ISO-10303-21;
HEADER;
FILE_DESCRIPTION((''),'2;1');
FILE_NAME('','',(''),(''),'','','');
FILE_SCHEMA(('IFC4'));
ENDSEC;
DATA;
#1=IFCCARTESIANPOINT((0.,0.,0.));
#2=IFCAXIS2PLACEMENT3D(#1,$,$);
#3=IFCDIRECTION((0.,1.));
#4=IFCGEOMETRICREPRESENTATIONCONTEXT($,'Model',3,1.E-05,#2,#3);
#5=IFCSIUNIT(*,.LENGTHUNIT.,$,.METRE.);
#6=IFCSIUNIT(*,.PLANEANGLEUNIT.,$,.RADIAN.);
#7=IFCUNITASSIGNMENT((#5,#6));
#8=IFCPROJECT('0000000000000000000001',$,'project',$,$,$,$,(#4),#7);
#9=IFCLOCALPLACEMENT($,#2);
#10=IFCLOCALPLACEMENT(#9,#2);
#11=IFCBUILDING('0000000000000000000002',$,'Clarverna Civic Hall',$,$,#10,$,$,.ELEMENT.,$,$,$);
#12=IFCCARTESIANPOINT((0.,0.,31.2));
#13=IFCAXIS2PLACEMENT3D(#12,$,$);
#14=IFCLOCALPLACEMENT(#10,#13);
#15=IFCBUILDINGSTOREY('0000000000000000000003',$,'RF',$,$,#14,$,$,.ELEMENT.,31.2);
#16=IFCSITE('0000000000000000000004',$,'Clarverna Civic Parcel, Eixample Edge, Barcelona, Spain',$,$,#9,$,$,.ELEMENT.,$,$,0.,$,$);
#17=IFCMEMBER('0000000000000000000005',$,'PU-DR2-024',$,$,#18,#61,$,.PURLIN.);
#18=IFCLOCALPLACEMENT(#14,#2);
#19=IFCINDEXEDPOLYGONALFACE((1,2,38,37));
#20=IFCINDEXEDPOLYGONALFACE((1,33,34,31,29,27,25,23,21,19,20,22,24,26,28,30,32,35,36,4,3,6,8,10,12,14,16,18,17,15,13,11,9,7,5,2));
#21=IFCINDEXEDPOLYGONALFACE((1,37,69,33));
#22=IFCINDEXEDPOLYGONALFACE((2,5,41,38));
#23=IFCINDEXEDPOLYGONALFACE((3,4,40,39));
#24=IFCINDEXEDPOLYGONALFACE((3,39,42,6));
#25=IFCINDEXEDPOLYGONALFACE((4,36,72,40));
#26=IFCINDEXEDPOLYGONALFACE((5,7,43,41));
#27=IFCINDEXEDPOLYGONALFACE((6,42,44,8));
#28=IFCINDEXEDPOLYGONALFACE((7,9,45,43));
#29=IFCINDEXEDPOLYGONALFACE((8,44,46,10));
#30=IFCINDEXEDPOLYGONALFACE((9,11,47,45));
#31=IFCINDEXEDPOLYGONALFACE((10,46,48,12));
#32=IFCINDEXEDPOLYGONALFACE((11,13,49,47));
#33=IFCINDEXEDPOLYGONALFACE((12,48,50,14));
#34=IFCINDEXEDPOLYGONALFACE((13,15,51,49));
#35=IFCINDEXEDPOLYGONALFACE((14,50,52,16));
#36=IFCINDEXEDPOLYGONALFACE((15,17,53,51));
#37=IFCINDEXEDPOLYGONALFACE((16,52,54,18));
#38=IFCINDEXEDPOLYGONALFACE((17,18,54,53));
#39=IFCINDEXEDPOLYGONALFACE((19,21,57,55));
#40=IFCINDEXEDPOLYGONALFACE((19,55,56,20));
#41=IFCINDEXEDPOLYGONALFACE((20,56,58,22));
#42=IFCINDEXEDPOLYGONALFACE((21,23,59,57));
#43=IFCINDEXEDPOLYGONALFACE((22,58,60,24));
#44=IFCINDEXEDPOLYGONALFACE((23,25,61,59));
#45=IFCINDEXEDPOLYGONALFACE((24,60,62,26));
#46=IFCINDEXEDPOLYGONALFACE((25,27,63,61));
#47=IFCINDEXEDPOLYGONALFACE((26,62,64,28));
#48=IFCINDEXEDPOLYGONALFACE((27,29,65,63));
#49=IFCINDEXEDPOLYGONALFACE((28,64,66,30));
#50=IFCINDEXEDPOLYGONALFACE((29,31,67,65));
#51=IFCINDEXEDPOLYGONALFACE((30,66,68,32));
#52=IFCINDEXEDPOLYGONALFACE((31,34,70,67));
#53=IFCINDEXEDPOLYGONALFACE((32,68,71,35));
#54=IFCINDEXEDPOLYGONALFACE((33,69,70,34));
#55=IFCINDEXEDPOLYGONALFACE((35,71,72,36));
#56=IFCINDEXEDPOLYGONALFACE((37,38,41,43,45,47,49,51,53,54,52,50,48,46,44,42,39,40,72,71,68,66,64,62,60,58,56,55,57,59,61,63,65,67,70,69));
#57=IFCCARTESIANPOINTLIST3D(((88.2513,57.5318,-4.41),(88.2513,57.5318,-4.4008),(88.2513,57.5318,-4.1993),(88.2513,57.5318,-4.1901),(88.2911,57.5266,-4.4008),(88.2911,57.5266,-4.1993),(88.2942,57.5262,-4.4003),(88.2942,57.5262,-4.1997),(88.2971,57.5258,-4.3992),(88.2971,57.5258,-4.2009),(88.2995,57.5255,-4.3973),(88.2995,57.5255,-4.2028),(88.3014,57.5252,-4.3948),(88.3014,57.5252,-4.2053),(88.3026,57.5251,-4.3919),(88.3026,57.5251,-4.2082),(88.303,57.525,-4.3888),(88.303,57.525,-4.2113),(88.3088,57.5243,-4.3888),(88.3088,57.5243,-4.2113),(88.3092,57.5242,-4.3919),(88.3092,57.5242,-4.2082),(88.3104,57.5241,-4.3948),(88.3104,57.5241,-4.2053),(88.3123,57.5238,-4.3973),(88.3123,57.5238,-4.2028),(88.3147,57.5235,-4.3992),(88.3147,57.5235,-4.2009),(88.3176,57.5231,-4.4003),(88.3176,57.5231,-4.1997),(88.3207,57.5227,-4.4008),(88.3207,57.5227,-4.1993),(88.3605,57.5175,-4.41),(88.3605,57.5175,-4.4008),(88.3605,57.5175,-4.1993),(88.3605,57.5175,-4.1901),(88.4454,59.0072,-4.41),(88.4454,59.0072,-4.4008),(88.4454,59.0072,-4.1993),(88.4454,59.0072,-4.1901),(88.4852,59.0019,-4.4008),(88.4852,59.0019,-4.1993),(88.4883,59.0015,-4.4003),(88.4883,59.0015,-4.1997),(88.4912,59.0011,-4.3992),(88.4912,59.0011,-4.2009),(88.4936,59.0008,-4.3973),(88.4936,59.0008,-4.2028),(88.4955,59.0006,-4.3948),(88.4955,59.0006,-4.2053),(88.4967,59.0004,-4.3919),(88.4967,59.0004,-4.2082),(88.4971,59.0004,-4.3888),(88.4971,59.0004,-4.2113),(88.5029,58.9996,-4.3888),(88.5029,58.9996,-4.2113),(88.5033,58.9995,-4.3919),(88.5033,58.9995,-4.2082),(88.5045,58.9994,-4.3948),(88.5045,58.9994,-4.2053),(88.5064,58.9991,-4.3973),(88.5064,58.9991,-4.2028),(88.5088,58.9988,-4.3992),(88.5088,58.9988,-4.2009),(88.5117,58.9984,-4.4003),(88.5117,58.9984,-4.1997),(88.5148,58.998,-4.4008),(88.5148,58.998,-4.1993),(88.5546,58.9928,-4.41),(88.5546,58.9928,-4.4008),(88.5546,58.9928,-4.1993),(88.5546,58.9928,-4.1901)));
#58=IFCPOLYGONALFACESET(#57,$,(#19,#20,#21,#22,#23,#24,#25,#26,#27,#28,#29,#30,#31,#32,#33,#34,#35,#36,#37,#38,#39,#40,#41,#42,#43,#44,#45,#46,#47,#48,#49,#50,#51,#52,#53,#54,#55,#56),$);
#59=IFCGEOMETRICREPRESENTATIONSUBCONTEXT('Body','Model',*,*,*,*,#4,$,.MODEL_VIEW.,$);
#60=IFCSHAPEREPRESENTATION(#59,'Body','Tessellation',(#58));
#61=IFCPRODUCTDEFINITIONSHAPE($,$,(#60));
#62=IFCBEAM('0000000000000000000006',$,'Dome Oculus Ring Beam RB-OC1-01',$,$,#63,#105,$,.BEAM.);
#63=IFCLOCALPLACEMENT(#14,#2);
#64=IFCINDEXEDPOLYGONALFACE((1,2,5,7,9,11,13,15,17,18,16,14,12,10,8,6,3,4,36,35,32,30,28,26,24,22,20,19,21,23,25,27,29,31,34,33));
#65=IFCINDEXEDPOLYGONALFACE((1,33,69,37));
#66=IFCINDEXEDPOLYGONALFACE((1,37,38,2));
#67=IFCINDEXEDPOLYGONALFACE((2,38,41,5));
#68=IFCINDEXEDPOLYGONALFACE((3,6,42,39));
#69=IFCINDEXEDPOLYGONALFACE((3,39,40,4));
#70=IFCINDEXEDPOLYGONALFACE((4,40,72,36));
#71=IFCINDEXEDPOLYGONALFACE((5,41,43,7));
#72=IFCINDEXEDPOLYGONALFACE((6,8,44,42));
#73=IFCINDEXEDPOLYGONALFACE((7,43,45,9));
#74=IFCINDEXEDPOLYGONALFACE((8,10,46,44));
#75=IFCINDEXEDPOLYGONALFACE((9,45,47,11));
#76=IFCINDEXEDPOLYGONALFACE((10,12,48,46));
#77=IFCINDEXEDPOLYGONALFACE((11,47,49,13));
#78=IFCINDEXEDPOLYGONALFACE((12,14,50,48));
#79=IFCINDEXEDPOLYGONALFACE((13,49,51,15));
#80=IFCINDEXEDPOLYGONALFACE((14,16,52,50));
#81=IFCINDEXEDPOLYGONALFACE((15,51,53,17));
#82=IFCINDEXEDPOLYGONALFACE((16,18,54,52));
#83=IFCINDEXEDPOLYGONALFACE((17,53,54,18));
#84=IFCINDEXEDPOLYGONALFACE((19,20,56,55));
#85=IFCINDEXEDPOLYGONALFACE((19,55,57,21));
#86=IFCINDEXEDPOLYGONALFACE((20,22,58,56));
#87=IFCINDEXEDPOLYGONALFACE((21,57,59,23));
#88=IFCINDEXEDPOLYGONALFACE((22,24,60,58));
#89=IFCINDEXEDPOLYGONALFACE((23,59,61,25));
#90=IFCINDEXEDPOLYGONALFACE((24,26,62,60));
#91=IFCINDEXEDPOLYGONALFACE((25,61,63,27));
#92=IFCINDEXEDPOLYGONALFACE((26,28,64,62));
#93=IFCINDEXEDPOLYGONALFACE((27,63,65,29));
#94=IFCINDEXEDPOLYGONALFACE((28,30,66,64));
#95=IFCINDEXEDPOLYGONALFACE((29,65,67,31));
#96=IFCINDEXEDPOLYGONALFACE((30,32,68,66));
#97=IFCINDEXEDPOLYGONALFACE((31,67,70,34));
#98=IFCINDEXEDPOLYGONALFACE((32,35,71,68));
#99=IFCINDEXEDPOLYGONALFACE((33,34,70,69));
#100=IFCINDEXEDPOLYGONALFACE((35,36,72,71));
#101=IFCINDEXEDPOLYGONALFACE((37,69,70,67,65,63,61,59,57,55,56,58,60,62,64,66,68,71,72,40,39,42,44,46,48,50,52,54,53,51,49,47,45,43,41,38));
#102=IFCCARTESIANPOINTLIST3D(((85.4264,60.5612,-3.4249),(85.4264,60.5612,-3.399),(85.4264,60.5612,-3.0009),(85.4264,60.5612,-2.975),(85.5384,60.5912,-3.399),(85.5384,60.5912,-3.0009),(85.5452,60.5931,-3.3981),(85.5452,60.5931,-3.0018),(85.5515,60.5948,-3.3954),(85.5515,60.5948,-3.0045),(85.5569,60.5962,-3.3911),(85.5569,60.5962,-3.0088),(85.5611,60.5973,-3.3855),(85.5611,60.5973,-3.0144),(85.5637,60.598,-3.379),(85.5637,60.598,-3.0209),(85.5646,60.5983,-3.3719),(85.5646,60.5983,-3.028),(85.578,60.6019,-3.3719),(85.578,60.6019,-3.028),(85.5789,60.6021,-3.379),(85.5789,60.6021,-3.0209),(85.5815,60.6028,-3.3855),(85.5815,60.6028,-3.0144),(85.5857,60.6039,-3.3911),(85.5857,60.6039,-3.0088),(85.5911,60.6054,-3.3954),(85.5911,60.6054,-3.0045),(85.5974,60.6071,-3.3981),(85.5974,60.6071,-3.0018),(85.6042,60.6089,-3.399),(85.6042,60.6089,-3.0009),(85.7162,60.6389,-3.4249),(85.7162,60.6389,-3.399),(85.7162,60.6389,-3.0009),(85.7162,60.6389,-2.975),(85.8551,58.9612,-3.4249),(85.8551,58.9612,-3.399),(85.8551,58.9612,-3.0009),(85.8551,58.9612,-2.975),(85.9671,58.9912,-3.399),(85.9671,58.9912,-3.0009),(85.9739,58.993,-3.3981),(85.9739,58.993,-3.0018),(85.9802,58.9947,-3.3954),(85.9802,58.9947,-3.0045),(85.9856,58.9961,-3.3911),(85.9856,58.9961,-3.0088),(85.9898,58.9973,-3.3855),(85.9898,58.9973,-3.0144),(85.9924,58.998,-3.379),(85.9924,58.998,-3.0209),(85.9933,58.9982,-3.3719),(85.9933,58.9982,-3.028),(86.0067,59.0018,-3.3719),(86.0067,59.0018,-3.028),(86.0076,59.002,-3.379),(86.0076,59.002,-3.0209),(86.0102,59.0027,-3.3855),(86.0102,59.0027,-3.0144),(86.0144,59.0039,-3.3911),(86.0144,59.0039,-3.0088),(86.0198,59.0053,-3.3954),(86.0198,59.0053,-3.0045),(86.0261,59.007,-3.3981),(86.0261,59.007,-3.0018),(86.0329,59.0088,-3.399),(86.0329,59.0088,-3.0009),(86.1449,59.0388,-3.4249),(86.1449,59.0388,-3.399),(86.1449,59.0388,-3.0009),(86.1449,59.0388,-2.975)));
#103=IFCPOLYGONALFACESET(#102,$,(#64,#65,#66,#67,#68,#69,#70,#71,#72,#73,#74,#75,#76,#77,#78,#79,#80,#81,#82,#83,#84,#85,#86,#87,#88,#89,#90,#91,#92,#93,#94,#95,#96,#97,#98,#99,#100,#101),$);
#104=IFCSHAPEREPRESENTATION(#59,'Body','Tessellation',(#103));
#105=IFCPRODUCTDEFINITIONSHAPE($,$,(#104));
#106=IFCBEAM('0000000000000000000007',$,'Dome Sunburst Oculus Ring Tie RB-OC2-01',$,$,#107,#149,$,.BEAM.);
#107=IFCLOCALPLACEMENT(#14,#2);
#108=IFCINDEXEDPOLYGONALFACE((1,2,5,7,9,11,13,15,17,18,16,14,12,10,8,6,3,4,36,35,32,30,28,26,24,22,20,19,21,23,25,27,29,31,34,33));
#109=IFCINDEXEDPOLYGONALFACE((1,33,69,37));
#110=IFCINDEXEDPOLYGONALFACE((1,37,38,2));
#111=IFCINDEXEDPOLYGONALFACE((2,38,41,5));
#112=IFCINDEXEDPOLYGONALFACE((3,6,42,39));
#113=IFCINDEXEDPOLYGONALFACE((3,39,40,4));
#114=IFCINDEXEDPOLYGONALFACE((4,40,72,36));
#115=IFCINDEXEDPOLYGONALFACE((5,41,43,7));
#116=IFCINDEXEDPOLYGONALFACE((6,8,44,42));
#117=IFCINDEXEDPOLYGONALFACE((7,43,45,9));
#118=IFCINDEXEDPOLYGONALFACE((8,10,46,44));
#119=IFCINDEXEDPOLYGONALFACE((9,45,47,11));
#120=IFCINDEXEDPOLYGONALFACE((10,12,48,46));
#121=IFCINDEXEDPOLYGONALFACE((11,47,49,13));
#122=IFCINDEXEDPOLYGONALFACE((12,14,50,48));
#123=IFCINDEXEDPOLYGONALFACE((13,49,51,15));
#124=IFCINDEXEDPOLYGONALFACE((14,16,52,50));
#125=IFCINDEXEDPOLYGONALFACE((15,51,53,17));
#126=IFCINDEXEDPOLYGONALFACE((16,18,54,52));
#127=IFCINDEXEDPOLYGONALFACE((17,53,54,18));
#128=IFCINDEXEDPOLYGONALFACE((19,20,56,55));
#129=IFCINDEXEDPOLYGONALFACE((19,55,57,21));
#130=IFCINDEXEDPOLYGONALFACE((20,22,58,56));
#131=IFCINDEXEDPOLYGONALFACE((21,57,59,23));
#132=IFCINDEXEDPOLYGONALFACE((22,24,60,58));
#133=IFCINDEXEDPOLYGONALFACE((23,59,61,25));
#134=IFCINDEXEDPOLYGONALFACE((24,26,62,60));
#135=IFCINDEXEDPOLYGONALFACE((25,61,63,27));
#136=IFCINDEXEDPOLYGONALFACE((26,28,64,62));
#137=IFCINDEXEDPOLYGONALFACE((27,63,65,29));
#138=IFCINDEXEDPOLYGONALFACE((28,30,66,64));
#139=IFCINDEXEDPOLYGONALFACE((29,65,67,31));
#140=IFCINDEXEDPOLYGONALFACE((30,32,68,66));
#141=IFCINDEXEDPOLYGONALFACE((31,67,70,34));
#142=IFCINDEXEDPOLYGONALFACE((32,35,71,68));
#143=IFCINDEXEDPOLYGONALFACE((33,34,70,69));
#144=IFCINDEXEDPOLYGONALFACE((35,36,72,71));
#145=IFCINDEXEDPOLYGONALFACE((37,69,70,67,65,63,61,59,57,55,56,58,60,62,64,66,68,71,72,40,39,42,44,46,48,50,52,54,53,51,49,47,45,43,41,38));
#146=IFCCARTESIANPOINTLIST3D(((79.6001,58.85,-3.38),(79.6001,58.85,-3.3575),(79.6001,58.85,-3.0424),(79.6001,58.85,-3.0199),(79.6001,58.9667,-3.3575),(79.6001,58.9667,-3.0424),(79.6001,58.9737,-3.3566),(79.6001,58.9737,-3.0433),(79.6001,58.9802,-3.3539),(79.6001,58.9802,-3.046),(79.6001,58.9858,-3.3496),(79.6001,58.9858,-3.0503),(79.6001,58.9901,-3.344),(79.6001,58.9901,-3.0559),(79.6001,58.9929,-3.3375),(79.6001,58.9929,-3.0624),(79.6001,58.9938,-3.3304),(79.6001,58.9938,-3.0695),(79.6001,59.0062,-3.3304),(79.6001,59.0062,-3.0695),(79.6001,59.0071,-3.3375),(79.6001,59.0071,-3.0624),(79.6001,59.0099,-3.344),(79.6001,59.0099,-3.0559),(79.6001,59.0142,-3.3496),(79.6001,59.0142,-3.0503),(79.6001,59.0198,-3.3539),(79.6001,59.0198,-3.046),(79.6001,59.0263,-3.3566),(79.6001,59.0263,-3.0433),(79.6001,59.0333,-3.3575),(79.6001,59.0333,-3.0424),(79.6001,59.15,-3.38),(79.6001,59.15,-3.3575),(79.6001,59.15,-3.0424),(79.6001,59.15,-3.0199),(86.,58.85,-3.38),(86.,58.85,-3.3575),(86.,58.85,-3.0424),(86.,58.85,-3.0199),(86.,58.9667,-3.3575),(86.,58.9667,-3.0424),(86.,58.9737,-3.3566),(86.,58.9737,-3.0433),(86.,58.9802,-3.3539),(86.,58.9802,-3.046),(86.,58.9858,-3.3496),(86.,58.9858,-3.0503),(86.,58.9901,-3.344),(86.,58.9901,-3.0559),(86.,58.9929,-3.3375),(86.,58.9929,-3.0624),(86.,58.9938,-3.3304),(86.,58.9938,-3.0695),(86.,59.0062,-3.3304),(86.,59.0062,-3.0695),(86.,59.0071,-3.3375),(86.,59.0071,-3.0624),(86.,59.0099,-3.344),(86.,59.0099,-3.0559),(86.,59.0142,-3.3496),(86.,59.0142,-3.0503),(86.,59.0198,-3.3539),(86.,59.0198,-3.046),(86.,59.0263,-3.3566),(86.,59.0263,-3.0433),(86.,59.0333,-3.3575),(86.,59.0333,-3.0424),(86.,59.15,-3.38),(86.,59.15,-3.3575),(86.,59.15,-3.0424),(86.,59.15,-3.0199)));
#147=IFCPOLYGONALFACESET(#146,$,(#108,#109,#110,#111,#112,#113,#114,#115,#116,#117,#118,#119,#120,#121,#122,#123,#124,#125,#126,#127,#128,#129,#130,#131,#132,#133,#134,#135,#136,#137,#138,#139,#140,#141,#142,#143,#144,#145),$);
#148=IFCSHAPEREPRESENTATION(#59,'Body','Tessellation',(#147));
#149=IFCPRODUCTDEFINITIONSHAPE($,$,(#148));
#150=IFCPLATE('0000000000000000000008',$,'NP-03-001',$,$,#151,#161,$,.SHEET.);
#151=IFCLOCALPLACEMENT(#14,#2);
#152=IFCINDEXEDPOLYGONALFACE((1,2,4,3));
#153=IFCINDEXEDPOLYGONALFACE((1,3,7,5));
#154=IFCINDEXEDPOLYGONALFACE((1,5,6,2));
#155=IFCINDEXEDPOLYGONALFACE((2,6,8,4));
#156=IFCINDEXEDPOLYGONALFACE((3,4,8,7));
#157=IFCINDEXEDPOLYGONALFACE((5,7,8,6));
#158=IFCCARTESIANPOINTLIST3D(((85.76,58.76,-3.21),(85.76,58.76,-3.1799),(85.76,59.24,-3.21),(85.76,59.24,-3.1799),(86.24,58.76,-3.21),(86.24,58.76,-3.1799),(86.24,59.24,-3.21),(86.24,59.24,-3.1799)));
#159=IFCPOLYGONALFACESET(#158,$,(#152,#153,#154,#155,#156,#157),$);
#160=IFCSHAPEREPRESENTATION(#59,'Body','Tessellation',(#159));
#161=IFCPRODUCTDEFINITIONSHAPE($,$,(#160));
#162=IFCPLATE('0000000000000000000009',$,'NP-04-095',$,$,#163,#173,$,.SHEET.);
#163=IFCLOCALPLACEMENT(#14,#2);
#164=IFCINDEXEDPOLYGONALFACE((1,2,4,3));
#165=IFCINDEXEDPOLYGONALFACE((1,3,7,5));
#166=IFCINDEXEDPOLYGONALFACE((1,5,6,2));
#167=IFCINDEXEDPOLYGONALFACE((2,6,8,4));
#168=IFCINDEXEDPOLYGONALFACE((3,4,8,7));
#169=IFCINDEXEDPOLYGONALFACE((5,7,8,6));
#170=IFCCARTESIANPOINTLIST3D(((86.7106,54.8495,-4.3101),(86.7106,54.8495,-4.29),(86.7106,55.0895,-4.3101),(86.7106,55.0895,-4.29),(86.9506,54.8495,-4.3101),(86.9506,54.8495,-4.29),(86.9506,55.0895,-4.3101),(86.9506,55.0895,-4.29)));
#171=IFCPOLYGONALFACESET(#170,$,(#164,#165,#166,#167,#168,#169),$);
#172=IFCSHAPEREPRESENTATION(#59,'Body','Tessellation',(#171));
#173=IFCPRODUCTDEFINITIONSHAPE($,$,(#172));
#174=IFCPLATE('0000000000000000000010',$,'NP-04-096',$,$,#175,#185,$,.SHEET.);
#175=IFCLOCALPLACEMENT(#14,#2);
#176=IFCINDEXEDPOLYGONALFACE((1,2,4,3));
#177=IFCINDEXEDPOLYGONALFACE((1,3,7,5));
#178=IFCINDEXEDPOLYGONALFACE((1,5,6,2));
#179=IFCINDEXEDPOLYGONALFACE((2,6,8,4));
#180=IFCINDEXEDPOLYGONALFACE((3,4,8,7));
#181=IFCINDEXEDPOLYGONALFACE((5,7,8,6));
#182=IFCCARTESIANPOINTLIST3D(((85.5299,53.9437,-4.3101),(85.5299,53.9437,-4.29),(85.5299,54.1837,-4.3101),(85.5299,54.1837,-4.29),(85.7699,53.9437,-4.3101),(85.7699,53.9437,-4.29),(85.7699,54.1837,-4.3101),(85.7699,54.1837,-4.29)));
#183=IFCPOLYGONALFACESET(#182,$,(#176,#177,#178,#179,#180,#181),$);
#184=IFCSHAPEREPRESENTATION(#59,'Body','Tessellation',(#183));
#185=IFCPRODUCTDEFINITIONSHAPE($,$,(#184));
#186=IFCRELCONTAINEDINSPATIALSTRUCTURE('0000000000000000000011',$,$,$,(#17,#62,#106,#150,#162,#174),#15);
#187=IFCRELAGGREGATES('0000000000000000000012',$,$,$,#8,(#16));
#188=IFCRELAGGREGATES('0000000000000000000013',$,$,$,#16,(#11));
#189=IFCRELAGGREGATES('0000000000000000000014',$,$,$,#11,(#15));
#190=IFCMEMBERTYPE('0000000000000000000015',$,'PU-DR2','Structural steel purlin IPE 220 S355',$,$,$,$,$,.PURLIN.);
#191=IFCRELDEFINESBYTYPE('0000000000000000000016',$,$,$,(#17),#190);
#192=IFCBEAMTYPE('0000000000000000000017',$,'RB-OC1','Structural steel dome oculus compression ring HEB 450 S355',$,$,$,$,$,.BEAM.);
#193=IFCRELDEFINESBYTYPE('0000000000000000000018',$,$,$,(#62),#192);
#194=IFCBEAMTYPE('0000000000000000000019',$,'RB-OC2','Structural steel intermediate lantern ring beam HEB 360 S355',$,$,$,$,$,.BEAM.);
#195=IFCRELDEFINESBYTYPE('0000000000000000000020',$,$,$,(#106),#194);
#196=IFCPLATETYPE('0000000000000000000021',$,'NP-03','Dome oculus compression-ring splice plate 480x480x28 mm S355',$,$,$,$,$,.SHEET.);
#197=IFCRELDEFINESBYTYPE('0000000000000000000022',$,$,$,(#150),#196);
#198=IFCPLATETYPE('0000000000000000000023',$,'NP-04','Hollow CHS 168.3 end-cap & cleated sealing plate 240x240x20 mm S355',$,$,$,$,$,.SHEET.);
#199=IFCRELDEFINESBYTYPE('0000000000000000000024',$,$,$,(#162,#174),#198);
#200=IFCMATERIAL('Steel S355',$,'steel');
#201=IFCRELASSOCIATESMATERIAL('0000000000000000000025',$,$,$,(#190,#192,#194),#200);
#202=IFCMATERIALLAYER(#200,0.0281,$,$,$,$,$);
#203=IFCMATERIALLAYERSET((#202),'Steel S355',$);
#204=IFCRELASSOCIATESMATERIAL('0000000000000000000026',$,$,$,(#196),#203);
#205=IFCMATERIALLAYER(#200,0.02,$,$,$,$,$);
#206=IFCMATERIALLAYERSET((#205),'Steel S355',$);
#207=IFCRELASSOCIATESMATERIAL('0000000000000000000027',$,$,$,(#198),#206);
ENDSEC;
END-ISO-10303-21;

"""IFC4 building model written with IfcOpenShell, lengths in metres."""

from ifc_helpers import new_model, si_unit, direction, frame, origin, origin_2d, place, context, subcontext, project, spatial, rectangle, i_section, extrude, material, layer, layer_set, material_profile, profile_set, type_object, element, save


model = new_model("IFC4")

# Units and contexts
model_context = context("Model", 3, precision=1e-05, world=origin(), true_north=direction((0.0, 1.0)))
body_context = subcontext(model_context, "Body", "Model", "MODEL_VIEW")
ifc_project = project(units=[si_unit("LENGTHUNIT", "METRE"), si_unit("PLANEANGLEUNIT", "RADIAN")], contexts=[model_context])

# Site, building, storey
site_placement = place(None, origin())
site = spatial("IfcSite", under=ifc_project, at=site_placement, Name="Clarverna Civic Parcel, Eixample Edge, Barcelona, Spain", CompositionType="ELEMENT", RefElevation=0.0)
building_placement = place(site_placement, origin())
building = spatial("IfcBuilding", under=site, at=building_placement, Name="Clarverna Civic Hall", CompositionType="ELEMENT")
storey_placement = place(building_placement, frame((0.0, 0.0, 31.2)))
storey = spatial("IfcBuildingStorey", under=building, at=storey_placement, Name="RF", CompositionType="ELEMENT", Elevation=31.2)

# Member
ifc_material_1 = material(Name="Steel S355", Category="steel")
ifc_material_profile_1 = material_profile(ifc_material_1, i_section(OverallWidth=0.1101, OverallDepth=0.22, WebThickness=0.0059, FlangeThickness=0.0093, FilletRadius=0.012, at=origin_2d()), Name="IPE 220")
ifc_profile_set_1 = profile_set([ifc_material_profile_1], Name="Steel S355")
member_type_1 = type_object("IfcMemberType", Name="PU-DR2", Description="Structural steel purlin IPE 220 S355", PredefinedType="PURLIN", material=ifc_profile_set_1)
for number, where, z_axis, x_axis, name in (
    (1, (88.3059, 57.5247, -4.3), (0.130433, 0.991457, 0.0), (-0.991457, 0.130433, 0.0), "PU-DR2-024"),
):
    element("IfcMember", number, at=place(storey_placement, frame(where, z_axis=z_axis, x_axis=x_axis)), inside=storey, type_object=member_type_1, Name=name, PredefinedType="PURLIN", context=body_context, shape_type="SweptSolid", body=[
        extrude(i_section(OverallWidth=0.1101, OverallDepth=0.22, WebThickness=0.0059, FlangeThickness=0.0093, FilletRadius=0.012, at=origin_2d()), origin(), (0.0, 0.0, 1.0), 1.488),
    ])

# Beams
ifc_material_profile_2 = material_profile(ifc_material_1, i_section(OverallWidth=0.3, OverallDepth=0.45, WebThickness=0.0139, FlangeThickness=0.0259, FilletRadius=0.0271, at=origin_2d()), Name="HEB 450")
ifc_profile_set_2 = profile_set([ifc_material_profile_2], Name="Steel S355")
beam_type_1 = type_object("IfcBeamType", Name="RB-OC1", Description="Structural steel dome oculus compression ring HEB 450 S355", PredefinedType="BEAM", material=ifc_profile_set_2)
beam_1_placement = place(storey_placement, frame((86.0, 59.0, -3.2), z_axis=(-0.2588, 0.965931, 0.0), x_axis=(-0.965931, -0.2588, 0.0)))
element("IfcBeam", 2, at=beam_1_placement, inside=storey, type_object=beam_type_1, Name="Dome Oculus Ring Beam RB-OC1-01", PredefinedType="BEAM", context=body_context, shape_type="SweptSolid", body=[
    extrude(i_section(OverallWidth=0.3, OverallDepth=0.45, WebThickness=0.0139, FlangeThickness=0.0259, FilletRadius=0.0271, at=origin_2d()), origin(), (0.0, 0.0, 1.0), 1.6565),
])
ifc_material_profile_3 = material_profile(ifc_material_1, i_section(OverallWidth=0.3, OverallDepth=0.3601, WebThickness=0.0125, FlangeThickness=0.0225, FilletRadius=0.0271, at=origin_2d()), Name="HEB 360")
ifc_profile_set_3 = profile_set([ifc_material_profile_3], Name="Steel S355")
beam_type_2 = type_object("IfcBeamType", Name="RB-OC2", Description="Structural steel intermediate lantern ring beam HEB 360 S355", PredefinedType="BEAM", material=ifc_profile_set_3)
beam_2_placement = place(storey_placement, frame((86.0, 59.0, -3.2), z_axis=(-1.0, 0.0, 0.0), x_axis=(0.0, -1.0, 0.0)))
element("IfcBeam", 3, at=beam_2_placement, inside=storey, type_object=beam_type_2, Name="Dome Sunburst Oculus Ring Tie RB-OC2-01", PredefinedType="BEAM", context=body_context, shape_type="SweptSolid", body=[
    extrude(i_section(OverallWidth=0.3, OverallDepth=0.3601, WebThickness=0.0125, FlangeThickness=0.0225, FilletRadius=0.0271, at=origin_2d()), origin(), (0.0, 0.0, 1.0), 6.3999),
])

# Plates
ifc_layer_1 = layer(ifc_material_1, 0.0281)
ifc_layer_set_1 = layer_set([ifc_layer_1], Name="Steel S355")
plate_type_1 = type_object("IfcPlateType", Name="NP-03", Description="Dome oculus compression-ring splice plate 480x480x28 mm S355", PredefinedType="SHEET", material=ifc_layer_set_1)
plate_placement = place(storey_placement, frame((86.0, 59.0, -3.21), z_axis=(0.0, 0.0, 1.0), x_axis=(1.0, 0.0, 0.0)))
element("IfcPlate", 4, at=plate_placement, inside=storey, type_object=plate_type_1, Name="NP-03-001", PredefinedType="SHEET", context=body_context, shape_type="SweptSolid", body=[
    extrude(rectangle(XDim=0.48, YDim=0.48, at=origin_2d()), origin(), (0.0, 0.0, 1.0), 0.03),
])
ifc_layer_2 = layer(ifc_material_1, 0.02)
ifc_layer_set_2 = layer_set([ifc_layer_2], Name="Steel S355")
plate_type_2 = type_object("IfcPlateType", Name="NP-04", Description="Hollow CHS 168.3 end-cap & cleated sealing plate 240x240x20 mm S355", PredefinedType="SHEET", material=ifc_layer_set_2)
for number, where, z_axis, x_axis, name in (
    (5, (86.8306, 54.9695, -4.3101), (0.0, 0.0, 1.0), (1.0, 0.0, 0.0), "NP-04-095"),
    (6, (85.6499, 54.0637, -4.3101), (0.0, 0.0, 1.0), (1.0, 0.0, 0.0), "NP-04-096"),
):
    element("IfcPlate", number, at=place(storey_placement, frame(where, z_axis=z_axis, x_axis=x_axis)), inside=storey, type_object=plate_type_2, Name=name, PredefinedType="SHEET", context=body_context, shape_type="SweptSolid", body=[
        extrude(rectangle(XDim=0.24, YDim=0.24, at=origin_2d()), origin(), (0.0, 0.0, 1.0), 0.02),
    ])

save(model, "model.ifc")
